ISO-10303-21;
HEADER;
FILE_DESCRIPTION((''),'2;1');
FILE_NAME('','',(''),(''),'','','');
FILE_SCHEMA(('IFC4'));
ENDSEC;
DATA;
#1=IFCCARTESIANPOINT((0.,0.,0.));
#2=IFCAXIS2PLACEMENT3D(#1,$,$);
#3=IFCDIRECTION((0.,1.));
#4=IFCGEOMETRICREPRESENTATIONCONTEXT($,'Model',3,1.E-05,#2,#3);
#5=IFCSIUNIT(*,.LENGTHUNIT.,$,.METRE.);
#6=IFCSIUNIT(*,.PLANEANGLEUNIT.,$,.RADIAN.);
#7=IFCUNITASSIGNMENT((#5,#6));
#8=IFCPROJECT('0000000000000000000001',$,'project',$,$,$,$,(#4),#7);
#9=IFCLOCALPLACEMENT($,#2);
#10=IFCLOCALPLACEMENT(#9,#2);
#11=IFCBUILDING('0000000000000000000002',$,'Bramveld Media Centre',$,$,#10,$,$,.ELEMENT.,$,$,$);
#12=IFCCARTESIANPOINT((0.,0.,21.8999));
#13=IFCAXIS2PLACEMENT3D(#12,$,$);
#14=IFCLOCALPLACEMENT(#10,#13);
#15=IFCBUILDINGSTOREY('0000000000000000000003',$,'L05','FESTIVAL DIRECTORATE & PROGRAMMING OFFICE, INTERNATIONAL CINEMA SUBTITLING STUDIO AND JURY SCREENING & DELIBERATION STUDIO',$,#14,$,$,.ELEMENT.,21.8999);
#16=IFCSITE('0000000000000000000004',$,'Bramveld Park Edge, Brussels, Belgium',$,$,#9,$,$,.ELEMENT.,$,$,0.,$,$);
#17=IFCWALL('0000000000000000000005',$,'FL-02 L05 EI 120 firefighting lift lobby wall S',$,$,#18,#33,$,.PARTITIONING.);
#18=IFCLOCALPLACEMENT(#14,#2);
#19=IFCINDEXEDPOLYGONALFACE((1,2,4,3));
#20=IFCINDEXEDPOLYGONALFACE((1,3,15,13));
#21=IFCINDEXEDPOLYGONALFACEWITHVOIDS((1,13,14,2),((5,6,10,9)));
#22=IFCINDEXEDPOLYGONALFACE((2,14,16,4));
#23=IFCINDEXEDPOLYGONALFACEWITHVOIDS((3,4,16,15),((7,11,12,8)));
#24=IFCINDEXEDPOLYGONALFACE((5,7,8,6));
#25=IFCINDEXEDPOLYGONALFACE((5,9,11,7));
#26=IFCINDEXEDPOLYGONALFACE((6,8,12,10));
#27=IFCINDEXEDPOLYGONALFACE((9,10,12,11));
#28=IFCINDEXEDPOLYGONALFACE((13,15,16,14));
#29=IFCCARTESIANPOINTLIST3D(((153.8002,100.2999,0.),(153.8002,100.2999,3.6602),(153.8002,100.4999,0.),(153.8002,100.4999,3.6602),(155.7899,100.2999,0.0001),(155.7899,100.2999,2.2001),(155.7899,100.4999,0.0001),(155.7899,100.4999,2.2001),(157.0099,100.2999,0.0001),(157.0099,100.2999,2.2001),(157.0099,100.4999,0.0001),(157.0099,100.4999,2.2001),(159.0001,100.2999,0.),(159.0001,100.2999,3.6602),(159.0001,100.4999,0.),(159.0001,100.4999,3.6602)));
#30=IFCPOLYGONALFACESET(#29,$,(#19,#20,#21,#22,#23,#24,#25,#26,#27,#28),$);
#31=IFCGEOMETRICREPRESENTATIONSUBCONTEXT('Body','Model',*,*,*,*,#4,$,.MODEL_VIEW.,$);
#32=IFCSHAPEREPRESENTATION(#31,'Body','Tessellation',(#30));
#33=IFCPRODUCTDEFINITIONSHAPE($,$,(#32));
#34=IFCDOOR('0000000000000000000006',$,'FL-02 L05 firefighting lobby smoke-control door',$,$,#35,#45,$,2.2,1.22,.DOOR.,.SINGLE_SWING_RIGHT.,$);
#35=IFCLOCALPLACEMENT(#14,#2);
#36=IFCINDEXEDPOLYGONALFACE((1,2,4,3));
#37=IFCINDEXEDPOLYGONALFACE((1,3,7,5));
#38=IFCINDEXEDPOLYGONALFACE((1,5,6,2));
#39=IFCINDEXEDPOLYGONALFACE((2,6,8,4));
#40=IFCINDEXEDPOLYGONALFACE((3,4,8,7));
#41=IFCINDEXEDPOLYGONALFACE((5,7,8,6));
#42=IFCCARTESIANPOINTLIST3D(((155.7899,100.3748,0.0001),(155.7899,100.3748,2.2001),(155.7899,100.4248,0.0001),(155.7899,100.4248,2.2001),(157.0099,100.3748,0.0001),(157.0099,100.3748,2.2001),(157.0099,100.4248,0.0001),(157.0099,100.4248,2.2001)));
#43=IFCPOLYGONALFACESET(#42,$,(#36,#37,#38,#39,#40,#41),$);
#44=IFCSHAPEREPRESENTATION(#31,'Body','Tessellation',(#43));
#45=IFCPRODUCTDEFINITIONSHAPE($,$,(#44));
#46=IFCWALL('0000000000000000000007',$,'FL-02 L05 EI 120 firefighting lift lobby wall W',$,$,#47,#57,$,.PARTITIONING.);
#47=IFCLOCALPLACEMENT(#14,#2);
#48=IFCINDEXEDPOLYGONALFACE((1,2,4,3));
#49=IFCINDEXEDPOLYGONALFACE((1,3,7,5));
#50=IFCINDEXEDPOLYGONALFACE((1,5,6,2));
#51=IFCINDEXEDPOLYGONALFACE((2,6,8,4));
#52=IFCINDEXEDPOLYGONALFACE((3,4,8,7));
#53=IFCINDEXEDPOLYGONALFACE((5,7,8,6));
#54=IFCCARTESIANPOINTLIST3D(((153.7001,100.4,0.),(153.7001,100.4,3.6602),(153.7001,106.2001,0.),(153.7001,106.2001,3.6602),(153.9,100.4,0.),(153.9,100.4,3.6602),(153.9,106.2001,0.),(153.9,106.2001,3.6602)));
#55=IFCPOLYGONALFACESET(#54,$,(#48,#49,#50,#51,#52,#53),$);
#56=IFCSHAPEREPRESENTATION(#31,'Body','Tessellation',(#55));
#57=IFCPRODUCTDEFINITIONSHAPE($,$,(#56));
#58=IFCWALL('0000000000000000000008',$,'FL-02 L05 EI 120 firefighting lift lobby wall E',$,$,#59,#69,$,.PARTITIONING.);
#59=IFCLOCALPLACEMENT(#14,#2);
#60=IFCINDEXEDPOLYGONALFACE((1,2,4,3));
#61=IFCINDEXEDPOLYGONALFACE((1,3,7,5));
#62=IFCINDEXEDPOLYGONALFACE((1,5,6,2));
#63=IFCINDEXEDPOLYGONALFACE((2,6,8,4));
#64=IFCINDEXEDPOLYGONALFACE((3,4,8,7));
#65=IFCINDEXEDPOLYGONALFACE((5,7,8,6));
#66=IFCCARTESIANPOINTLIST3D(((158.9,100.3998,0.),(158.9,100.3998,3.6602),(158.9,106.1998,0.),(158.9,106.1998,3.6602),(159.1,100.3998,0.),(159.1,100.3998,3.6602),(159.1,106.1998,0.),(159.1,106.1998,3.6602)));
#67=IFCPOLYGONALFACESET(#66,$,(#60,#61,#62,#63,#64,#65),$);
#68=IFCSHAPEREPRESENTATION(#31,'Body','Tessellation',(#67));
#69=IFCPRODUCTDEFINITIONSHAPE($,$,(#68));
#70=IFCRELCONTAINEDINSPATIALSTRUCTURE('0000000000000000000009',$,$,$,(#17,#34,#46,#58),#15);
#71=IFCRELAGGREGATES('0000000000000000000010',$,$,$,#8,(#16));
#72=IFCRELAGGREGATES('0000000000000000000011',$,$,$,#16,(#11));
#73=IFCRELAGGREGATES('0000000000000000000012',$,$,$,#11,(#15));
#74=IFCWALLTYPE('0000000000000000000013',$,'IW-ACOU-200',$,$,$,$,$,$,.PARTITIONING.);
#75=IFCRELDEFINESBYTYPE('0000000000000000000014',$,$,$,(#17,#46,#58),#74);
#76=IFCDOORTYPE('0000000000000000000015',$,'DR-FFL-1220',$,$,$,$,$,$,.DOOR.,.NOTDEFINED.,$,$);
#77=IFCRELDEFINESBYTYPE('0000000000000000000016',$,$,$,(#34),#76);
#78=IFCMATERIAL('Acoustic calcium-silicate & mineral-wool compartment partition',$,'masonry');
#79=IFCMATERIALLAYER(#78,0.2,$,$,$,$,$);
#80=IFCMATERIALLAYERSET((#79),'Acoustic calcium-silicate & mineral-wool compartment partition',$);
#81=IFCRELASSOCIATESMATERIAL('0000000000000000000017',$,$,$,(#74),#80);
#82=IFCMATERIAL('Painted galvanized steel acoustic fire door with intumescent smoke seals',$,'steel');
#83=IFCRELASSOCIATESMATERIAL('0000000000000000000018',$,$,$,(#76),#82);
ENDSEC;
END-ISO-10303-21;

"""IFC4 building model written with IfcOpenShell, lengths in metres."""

from ifc_helpers import new_model, si_unit, direction, frame, frame_2d, origin, place, context, subcontext, project, spatial, rectangle, extrude, material, layer, layer_set, type_object, element, fill, save


model = new_model("IFC4")

# Units and contexts
model_context = context("Model", 3, precision=1e-05, world=origin(), true_north=direction((0.0, 1.0)))
body_context = subcontext(model_context, "Body", "Model", "MODEL_VIEW")
ifc_project = project(units=[si_unit("LENGTHUNIT", "METRE"), si_unit("PLANEANGLEUNIT", "RADIAN")], contexts=[model_context])

# Site, building, storey
site_placement = place(None, origin())
site = spatial("IfcSite", under=ifc_project, at=site_placement, Name="Bramveld Park Edge, Brussels, Belgium", CompositionType="ELEMENT", RefElevation=0.0)
building_placement = place(site_placement, origin())
building = spatial("IfcBuilding", under=site, at=building_placement, Name="Bramveld Media Centre", CompositionType="ELEMENT")
storey_placement = place(building_placement, frame((0.0, 0.0, 21.8999)))
storey = spatial("IfcBuildingStorey", under=building, at=storey_placement, Name="L05", Description="FESTIVAL DIRECTORATE & PROGRAMMING OFFICE, INTERNATIONAL CINEMA SUBTITLING STUDIO AND JURY SCREENING & DELIBERATION STUDIO", CompositionType="ELEMENT", Elevation=21.8999)

# Shared definitions
ifc_material_1 = material(Name="Acoustic calcium-silicate & mineral-wool compartment partition", Category="masonry")
ifc_layer_1 = layer(ifc_material_1, 0.2)
ifc_layer_set_1 = layer_set([ifc_layer_1], Name="Acoustic calcium-silicate & mineral-wool compartment partition")
wall_type_1 = type_object("IfcWallType", Name="IW-ACOU-200", PredefinedType="PARTITIONING", material=ifc_layer_set_1)

# Wall, opening, door
wall_1_placement = place(storey_placement, frame((153.8, 100.3999, 0.0), z_axis=(0.0, 0.0, 1.0), x_axis=(1.0, 0.0, 0.0)))
wall_1 = element("IfcWall", 1, at=wall_1_placement, inside=storey, type_object=wall_type_1, Name="FL-02 L05 EI 120 firefighting lift lobby wall S", PredefinedType="PARTITIONING", context=body_context, shape_type="SweptSolid", body=[
    extrude(rectangle(XDim=5.2, YDim=0.2, at=frame_2d((2.6001, 0.0))), origin(), (0.0, 0.0, 1.0), 3.6602),
])
opening_1_placement = place(wall_1_placement, frame((1.99, 0.0, 0.0)))
opening_1 = element("IfcOpeningElement", 2, at=opening_1_placement, cuts=wall_1, PredefinedType="OPENING", context=body_context, shape_type="SweptSolid", body=[
    extrude(rectangle(XDim=1.22, YDim=2.2, at=frame_2d((0.6099, 1.1001))), frame((0.0, 0.1118, 0.0), z_axis=(0.0, -1.0, 0.0), x_axis=(1.0, 0.0, 0.0)), (0.0, 0.0, 1.0), 0.2239),
])
ifc_material_2 = material(Name="Painted galvanized steel acoustic fire door with intumescent smoke seals", Category="steel")
door_type_1 = type_object("IfcDoorType", Name="DR-FFL-1220", OperationType="NOTDEFINED", PredefinedType="DOOR", material=ifc_material_2)
door_1_placement = place(opening_1_placement, origin())
door_1 = element("IfcDoor", 3, at=door_1_placement, inside=storey, type_object=door_type_1, Name="FL-02 L05 firefighting lobby smoke-control door", OperationType="SINGLE_SWING_RIGHT", OverallHeight=2.2, OverallWidth=1.22, PredefinedType="DOOR", context=body_context, shape_type="SweptSolid", body=[
    extrude(rectangle(XDim=1.22, YDim=2.2, at=frame_2d((0.6099, 1.1001))), frame((0.0, 0.0249, 0.0), z_axis=(0.0, -1.0, 0.0), x_axis=(1.0, 0.0, 0.0)), (0.0, 0.0, 1.0), 0.05),
])
fill(opening_1, door_1)

# Walls
for number, where, z_axis, x_axis, name in (
    (4, (153.8, 106.2, 0.0), (0.0, 0.0, 1.0), (0.0, -1.0, 0.0), "FL-02 L05 EI 120 firefighting lift lobby wall W"),
    (5, (159.0, 100.3999, 0.0), (0.0, 0.0, 1.0), (0.0, 1.0, 0.0), "FL-02 L05 EI 120 firefighting lift lobby wall E"),
):
    element("IfcWall", number, at=place(storey_placement, frame(where, z_axis=z_axis, x_axis=x_axis)), inside=storey, type_object=wall_type_1, Name=name, PredefinedType="PARTITIONING", context=body_context, shape_type="SweptSolid", body=[
        extrude(rectangle(XDim=5.8, YDim=0.2, at=frame_2d((2.8999, 0.0))), origin(), (0.0, 0.0, 1.0), 3.6602),
    ])

save(model, "model.ifc")
